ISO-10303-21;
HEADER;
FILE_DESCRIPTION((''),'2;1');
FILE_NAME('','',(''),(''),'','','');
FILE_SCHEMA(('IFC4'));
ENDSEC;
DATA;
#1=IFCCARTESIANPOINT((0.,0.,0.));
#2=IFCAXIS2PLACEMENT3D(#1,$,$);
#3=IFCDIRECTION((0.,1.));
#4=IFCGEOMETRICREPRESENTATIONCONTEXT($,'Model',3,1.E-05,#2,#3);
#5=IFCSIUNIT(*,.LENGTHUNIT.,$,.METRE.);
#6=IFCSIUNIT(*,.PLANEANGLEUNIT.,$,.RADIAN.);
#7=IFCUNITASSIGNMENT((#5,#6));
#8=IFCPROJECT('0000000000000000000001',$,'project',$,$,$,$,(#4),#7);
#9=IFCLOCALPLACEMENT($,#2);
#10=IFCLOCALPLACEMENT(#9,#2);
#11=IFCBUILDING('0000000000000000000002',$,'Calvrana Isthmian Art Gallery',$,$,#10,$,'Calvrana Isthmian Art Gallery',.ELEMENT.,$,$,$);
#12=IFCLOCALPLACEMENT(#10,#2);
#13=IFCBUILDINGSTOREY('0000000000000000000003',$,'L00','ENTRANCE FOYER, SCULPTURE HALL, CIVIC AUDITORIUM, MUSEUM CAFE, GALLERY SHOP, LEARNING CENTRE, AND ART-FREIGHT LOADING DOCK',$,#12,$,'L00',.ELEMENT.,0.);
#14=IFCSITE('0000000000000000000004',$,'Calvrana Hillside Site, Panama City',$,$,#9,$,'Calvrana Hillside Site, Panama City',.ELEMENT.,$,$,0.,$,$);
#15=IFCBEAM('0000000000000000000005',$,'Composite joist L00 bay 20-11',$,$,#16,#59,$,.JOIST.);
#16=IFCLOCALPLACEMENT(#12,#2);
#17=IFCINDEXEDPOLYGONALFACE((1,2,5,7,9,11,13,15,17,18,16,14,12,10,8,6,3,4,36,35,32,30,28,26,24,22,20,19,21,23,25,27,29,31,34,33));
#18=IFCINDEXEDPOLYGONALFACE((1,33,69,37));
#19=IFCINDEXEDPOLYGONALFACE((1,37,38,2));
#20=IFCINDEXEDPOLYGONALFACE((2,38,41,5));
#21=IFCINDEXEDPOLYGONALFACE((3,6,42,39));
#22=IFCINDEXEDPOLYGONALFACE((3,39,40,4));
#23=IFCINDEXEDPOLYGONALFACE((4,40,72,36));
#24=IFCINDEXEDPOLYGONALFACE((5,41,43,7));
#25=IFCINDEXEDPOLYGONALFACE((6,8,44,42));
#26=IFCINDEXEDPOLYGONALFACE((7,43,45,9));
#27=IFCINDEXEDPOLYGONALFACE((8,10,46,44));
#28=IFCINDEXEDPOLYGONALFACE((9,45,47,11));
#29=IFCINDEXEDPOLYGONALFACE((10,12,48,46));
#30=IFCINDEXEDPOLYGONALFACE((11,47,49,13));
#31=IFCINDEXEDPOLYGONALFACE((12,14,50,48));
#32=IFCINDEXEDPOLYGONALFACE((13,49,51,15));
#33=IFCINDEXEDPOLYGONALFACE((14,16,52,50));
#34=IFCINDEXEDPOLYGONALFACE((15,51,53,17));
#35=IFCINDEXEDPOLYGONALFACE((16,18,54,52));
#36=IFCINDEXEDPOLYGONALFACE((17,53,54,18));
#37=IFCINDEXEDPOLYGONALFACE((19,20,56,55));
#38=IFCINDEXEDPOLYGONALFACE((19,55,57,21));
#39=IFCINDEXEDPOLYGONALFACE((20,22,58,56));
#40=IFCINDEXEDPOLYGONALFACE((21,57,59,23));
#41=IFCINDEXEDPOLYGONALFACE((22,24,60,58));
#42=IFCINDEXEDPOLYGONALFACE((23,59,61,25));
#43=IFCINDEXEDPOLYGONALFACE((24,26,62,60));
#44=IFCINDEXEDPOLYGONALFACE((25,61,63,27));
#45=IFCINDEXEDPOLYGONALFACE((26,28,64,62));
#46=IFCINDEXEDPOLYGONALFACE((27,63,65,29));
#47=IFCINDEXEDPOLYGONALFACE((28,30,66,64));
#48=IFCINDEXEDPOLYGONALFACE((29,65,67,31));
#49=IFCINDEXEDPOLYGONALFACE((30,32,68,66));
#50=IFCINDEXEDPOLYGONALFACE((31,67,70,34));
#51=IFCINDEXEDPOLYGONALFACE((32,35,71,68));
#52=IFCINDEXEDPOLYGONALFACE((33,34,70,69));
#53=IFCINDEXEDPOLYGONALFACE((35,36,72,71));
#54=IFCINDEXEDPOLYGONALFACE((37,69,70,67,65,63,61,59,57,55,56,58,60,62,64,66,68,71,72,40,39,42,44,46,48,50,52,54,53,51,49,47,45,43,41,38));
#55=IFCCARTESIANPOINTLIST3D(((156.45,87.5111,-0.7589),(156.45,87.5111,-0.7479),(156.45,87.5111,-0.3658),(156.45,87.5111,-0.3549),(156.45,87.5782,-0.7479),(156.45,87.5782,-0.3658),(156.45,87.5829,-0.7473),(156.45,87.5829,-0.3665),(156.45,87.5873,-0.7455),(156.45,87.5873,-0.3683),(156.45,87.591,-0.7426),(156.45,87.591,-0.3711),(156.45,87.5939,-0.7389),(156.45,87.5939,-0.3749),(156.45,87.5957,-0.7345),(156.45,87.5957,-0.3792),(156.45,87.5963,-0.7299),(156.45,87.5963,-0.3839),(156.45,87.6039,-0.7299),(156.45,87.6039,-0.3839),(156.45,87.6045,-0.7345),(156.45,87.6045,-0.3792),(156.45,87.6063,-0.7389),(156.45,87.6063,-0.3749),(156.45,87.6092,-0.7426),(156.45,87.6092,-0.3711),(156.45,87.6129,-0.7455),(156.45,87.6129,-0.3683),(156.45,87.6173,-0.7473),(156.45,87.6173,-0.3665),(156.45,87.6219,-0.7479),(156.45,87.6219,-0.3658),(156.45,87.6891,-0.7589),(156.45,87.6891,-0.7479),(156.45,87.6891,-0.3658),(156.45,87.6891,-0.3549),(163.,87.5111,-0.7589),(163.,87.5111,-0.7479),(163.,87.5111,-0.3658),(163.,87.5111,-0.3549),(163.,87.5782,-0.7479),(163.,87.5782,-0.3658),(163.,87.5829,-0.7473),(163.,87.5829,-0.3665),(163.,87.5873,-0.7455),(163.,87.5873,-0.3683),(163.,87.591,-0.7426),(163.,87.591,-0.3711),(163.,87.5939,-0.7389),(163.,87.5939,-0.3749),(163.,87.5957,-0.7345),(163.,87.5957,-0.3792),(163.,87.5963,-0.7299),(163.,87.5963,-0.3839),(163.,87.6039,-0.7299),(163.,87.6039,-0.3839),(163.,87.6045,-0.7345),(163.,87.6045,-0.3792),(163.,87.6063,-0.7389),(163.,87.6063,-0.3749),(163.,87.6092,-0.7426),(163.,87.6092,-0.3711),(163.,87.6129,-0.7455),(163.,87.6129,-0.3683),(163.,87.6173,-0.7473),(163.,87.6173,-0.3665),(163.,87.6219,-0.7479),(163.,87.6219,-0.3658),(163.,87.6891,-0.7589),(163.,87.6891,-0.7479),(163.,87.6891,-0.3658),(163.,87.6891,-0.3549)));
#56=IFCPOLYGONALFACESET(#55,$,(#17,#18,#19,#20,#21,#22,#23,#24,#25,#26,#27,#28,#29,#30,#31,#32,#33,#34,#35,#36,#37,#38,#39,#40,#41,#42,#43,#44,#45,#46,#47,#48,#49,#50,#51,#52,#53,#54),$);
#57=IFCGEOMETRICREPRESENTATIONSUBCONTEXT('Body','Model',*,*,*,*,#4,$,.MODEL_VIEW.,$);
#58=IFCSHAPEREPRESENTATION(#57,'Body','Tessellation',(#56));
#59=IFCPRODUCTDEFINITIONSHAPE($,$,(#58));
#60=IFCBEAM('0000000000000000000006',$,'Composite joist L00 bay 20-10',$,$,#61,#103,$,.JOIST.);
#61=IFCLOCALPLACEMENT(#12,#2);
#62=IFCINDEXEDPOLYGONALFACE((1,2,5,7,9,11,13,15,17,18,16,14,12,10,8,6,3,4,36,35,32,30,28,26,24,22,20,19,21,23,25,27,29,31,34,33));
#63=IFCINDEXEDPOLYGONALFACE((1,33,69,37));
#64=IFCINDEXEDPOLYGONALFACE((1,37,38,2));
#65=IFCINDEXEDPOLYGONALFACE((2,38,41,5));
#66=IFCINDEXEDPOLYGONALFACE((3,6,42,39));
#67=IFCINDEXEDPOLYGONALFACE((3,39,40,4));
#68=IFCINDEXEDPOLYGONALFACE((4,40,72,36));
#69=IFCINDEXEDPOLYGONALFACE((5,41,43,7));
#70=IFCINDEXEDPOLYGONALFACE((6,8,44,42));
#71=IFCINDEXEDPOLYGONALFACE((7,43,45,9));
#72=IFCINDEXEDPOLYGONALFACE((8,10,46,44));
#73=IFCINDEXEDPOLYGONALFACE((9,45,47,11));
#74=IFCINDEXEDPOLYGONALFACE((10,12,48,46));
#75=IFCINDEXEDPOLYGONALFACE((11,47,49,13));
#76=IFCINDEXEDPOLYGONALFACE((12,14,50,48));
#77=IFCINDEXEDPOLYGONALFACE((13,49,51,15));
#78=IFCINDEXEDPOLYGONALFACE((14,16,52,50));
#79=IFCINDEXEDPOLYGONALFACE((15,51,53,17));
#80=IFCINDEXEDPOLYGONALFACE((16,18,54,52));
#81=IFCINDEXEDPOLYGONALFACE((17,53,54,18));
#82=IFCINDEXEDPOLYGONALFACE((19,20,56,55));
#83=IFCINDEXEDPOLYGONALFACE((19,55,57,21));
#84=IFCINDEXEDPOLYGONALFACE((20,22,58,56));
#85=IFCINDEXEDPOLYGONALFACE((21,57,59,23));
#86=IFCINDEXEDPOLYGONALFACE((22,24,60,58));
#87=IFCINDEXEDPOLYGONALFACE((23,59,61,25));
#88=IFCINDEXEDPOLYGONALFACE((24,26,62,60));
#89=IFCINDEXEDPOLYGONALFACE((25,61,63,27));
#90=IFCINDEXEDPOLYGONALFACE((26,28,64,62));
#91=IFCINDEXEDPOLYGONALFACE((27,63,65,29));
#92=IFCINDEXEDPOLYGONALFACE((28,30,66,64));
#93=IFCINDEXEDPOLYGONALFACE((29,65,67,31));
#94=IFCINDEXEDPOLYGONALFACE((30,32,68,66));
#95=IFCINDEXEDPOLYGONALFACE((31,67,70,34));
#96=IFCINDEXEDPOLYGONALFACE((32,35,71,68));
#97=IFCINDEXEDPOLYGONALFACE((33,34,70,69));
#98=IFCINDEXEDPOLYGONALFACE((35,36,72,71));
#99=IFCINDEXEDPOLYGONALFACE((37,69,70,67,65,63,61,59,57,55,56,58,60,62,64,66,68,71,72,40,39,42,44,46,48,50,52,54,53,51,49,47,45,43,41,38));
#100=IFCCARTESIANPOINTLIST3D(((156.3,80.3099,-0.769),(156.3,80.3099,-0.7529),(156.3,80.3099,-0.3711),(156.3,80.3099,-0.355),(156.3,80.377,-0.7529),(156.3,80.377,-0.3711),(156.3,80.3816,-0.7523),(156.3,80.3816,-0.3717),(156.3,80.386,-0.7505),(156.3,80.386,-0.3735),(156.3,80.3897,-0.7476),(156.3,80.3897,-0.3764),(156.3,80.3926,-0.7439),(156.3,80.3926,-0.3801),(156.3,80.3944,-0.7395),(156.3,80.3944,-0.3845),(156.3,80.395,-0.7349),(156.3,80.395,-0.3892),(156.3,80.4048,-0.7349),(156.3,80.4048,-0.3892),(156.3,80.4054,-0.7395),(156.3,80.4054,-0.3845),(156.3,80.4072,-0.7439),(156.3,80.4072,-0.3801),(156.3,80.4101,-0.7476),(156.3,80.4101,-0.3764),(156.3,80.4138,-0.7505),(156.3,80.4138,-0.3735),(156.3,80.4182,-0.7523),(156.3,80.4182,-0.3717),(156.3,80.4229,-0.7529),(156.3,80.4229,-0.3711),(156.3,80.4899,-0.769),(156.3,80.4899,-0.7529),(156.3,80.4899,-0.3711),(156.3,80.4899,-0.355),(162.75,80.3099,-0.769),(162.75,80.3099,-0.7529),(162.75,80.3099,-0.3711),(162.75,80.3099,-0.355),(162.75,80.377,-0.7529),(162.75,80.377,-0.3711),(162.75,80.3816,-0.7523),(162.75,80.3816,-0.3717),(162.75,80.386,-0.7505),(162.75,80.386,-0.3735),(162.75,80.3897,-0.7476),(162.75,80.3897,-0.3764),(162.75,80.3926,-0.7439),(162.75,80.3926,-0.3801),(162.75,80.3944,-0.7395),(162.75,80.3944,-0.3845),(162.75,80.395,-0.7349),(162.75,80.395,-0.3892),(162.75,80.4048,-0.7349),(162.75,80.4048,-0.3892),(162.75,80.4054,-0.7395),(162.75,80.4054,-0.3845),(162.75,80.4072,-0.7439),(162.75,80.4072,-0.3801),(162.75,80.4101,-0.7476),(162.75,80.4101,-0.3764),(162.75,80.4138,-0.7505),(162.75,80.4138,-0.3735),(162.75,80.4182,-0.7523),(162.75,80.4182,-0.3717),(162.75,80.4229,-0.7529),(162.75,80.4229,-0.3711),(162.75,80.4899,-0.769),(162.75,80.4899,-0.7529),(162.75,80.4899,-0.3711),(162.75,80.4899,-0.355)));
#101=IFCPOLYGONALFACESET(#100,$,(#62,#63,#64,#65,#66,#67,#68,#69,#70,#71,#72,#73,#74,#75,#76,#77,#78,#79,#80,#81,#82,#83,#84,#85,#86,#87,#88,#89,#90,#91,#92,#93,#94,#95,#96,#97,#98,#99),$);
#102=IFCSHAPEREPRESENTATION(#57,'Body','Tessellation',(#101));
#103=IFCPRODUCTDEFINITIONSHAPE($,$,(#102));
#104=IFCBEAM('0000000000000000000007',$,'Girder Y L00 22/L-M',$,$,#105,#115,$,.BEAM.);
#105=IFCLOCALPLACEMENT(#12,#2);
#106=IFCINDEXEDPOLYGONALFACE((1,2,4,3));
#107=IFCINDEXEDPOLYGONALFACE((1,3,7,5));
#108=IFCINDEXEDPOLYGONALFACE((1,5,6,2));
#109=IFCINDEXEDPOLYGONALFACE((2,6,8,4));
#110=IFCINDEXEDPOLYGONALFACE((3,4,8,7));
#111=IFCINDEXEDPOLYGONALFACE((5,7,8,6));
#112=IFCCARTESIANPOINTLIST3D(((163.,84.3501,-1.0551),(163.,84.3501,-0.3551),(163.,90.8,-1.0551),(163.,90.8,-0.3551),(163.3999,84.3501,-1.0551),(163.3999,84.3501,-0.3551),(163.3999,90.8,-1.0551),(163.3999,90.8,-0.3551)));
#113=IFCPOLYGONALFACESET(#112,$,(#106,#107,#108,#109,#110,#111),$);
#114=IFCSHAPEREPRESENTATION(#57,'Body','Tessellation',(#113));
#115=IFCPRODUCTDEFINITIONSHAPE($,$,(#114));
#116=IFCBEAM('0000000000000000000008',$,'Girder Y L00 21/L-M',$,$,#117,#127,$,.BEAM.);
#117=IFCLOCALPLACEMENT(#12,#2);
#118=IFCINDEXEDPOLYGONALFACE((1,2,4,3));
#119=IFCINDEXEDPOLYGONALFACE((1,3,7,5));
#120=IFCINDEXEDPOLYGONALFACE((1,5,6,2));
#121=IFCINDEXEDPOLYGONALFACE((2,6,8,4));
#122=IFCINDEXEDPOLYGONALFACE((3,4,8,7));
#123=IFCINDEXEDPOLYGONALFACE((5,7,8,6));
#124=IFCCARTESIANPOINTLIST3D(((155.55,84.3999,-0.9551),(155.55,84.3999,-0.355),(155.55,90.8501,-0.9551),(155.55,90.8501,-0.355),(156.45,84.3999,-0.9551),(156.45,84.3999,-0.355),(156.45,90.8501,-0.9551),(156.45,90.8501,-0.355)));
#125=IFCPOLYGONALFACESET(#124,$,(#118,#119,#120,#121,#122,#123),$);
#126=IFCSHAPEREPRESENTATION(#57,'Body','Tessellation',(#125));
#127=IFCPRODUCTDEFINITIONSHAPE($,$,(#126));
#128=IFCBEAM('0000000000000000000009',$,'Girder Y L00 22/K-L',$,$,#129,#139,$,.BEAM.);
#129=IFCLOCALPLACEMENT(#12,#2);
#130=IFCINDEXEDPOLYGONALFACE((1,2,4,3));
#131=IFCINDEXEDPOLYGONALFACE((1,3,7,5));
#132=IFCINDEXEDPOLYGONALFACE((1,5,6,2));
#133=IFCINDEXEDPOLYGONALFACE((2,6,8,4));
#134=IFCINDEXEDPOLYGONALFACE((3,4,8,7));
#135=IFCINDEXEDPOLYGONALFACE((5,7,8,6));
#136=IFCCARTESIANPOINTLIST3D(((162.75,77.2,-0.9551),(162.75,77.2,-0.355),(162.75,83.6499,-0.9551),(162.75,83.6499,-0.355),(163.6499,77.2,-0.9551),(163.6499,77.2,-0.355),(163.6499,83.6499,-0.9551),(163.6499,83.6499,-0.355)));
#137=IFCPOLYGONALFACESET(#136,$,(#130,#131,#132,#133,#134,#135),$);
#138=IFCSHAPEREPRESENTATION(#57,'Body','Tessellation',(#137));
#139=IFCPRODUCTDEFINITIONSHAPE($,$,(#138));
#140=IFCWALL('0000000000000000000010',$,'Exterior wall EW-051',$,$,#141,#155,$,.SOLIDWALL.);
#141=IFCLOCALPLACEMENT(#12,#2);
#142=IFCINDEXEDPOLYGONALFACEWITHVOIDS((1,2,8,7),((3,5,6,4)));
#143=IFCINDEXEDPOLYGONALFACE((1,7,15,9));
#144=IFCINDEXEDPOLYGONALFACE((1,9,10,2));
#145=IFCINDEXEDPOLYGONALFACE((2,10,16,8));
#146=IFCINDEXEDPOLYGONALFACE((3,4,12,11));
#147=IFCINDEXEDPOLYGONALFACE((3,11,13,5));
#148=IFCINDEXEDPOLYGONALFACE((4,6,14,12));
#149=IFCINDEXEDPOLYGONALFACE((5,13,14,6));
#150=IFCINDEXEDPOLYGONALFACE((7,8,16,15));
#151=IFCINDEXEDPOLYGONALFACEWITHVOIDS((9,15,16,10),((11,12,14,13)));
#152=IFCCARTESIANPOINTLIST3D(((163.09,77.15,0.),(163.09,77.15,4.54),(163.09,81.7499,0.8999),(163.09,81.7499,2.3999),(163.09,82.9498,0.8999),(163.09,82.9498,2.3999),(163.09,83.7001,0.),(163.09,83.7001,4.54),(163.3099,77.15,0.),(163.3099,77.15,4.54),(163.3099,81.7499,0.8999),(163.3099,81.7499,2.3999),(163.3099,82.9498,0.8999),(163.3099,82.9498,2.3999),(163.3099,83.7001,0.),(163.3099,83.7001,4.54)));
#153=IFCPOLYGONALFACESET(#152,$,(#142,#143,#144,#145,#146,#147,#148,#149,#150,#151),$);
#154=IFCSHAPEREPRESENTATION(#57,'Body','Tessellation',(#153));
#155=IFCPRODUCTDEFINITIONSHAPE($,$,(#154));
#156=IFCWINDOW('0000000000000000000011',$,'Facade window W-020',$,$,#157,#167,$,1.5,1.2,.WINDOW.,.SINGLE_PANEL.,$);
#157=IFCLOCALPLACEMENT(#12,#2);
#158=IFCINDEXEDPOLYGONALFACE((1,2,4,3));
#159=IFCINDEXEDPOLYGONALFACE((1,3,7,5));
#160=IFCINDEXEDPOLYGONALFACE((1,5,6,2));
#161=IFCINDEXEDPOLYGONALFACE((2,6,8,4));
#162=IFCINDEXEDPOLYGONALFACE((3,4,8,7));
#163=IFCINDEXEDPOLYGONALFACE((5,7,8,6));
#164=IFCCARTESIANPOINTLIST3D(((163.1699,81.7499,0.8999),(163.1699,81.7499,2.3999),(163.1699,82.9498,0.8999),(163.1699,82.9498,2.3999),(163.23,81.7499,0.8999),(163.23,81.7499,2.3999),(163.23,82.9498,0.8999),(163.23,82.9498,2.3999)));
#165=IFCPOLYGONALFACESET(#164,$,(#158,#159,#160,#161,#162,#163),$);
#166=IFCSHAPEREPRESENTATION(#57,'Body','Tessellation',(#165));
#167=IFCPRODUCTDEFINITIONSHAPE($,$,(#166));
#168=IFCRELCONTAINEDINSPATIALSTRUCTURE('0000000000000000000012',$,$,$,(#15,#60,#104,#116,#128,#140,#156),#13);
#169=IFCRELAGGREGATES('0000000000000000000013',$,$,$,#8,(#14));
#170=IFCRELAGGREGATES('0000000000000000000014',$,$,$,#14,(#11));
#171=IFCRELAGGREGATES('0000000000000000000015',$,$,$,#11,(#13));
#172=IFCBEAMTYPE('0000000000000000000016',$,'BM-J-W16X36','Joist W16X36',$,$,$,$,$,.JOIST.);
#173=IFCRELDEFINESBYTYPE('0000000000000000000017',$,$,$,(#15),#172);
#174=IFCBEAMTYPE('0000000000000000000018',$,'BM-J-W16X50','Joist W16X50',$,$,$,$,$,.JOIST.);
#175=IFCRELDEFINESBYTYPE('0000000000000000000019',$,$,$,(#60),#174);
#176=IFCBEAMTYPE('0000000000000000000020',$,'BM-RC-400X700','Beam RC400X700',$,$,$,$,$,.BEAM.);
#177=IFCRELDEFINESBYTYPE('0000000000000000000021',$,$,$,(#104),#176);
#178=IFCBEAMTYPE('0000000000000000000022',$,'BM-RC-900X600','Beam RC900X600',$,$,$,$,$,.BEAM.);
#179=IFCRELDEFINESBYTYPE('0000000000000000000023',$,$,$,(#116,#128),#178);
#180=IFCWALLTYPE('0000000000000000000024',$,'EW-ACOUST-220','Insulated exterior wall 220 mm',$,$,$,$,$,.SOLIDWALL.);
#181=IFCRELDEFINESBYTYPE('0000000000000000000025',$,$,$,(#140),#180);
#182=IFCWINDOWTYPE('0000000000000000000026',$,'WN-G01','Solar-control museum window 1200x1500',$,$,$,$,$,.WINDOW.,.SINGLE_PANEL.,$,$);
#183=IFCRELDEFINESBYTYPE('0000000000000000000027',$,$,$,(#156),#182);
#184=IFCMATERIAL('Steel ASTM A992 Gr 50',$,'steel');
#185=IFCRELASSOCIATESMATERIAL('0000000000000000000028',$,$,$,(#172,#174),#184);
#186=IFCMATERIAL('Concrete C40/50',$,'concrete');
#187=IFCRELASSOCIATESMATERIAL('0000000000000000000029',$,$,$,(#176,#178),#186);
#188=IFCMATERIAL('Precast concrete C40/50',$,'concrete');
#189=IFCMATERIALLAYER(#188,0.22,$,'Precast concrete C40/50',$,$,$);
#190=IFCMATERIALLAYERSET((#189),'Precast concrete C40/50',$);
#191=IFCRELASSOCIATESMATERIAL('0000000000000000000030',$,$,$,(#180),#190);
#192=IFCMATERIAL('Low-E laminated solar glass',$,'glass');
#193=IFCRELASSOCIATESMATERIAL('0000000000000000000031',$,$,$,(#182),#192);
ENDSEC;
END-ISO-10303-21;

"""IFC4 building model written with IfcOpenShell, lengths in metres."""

from ifc_helpers import new_model, si_unit, direction, frame, frame_2d, origin, origin_2d, place, context, subcontext, project, spatial, rectangle, i_section, extrude, material, layer, layer_set, material_profile, profile_set, type_object, element, fill, save


model = new_model("IFC4")

# Units and contexts
model_context = context("Model", 3, precision=1e-05, world=origin(), true_north=direction((0.0, 1.0)))
body_context = subcontext(model_context, "Body", "Model", "MODEL_VIEW")
ifc_project = project(units=[si_unit("LENGTHUNIT", "METRE"), si_unit("PLANEANGLEUNIT", "RADIAN")], contexts=[model_context])

# Site, building, storey
site_placement = place(None, origin())
site = spatial("IfcSite", under=ifc_project, at=site_placement, Name="Calvrana Hillside Site, Panama City", LongName="Calvrana Hillside Site, Panama City", CompositionType="ELEMENT", RefElevation=0.0)
building_placement = place(site_placement, origin())
building = spatial("IfcBuilding", under=site, at=building_placement, Name="Calvrana Isthmian Art Gallery", LongName="Calvrana Isthmian Art Gallery", CompositionType="ELEMENT")
storey_placement = place(building_placement, origin())
storey = spatial("IfcBuildingStorey", under=building, at=storey_placement, Name="L00", Description="ENTRANCE FOYER, SCULPTURE HALL, CIVIC AUDITORIUM, MUSEUM CAFE, GALLERY SHOP, LEARNING CENTRE, AND ART-FREIGHT LOADING DOCK", LongName="L00", CompositionType="ELEMENT", Elevation=0.0)

# Shared definitions
ifc_material_1 = material(Name="Concrete C40/50", Category="concrete")

# Beams
ifc_material_2 = material(Name="Steel ASTM A992 Gr 50", Category="steel")
ifc_material_profile_1 = material_profile(ifc_material_2, i_section(OverallWidth=0.178, OverallDepth=0.4041, WebThickness=0.0076, FlangeThickness=0.011, FilletRadius=0.0181, at=origin_2d()), Name="W16X36")
ifc_profile_set_1 = profile_set([ifc_material_profile_1], Name="Steel ASTM A992 Gr 50")
beam_type_1 = type_object("IfcBeamType", Name="BM-J-W16X36", Description="Joist W16X36", PredefinedType="JOIST", material=ifc_profile_set_1)
beam_1_placement = place(storey_placement, frame((156.45, 87.6001, -0.5569), z_axis=(1.0, 0.0, 0.0), x_axis=(0.0, 1.0, 0.0)))
element("IfcBeam", 1, at=beam_1_placement, inside=storey, type_object=beam_type_1, Name="Composite joist L00 bay 20-11", PredefinedType="JOIST", context=body_context, shape_type="SweptSolid", body=[
    extrude(i_section(OverallWidth=0.178, OverallDepth=0.4041, WebThickness=0.0076, FlangeThickness=0.011, FilletRadius=0.0181, at=origin_2d()), origin(), (0.0, 0.0, 1.0), 6.55),
])
ifc_material_profile_2 = material_profile(ifc_material_2, i_section(OverallWidth=0.1799, OverallDepth=0.4141, WebThickness=0.0098, FlangeThickness=0.0161, FilletRadius=0.0181, at=origin_2d()), Name="W16X50")
ifc_profile_set_2 = profile_set([ifc_material_profile_2], Name="Steel ASTM A992 Gr 50")
beam_type_2 = type_object("IfcBeamType", Name="BM-J-W16X50", Description="Joist W16X50", PredefinedType="JOIST", material=ifc_profile_set_2)
beam_2_placement = place(storey_placement, frame((156.3, 80.3999, -0.562), z_axis=(1.0, 0.0, 0.0), x_axis=(0.0, 1.0, 0.0)))
element("IfcBeam", 2, at=beam_2_placement, inside=storey, type_object=beam_type_2, Name="Composite joist L00 bay 20-10", PredefinedType="JOIST", context=body_context, shape_type="SweptSolid", body=[
    extrude(i_section(OverallWidth=0.1799, OverallDepth=0.4141, WebThickness=0.0098, FlangeThickness=0.0161, FilletRadius=0.0181, at=origin_2d()), origin(), (0.0, 0.0, 1.0), 6.45),
])
ifc_material_profile_3 = material_profile(ifc_material_1, rectangle(XDim=0.3999, YDim=0.7, at=origin_2d()), Name="RC400X700")
ifc_profile_set_3 = profile_set([ifc_material_profile_3], Name="Concrete C40/50")
beam_type_3 = type_object("IfcBeamType", Name="BM-RC-400X700", Description="Beam RC400X700", PredefinedType="BEAM", material=ifc_profile_set_3)
beam_3_placement = place(storey_placement, frame((163.2, 84.3501, -0.7051), z_axis=(0.0, 1.0, 0.0), x_axis=(-1.0, 0.0, 0.0)))
element("IfcBeam", 3, at=beam_3_placement, inside=storey, type_object=beam_type_3, Name="Girder Y L00 22/L-M", PredefinedType="BEAM", context=body_context, shape_type="SweptSolid", body=[
    extrude(rectangle(XDim=0.3999, YDim=0.7, at=origin_2d()), origin(), (0.0, 0.0, 1.0), 6.45),
])
ifc_material_profile_4 = material_profile(ifc_material_1, rectangle(XDim=0.8999, YDim=0.6001, at=origin_2d()), Name="RC900X600")
ifc_profile_set_4 = profile_set([ifc_material_profile_4], Name="Concrete C40/50")
beam_type_4 = type_object("IfcBeamType", Name="BM-RC-900X600", Description="Beam RC900X600", PredefinedType="BEAM", material=ifc_profile_set_4)
beam_4_placement = place(storey_placement, frame((156.0, 84.3999, -0.655), z_axis=(0.0, 1.0, 0.0), x_axis=(-1.0, 0.0, 0.0)))
element("IfcBeam", 4, at=beam_4_placement, inside=storey, type_object=beam_type_4, Name="Girder Y L00 21/L-M", PredefinedType="BEAM", context=body_context, shape_type="SweptSolid", body=[
    extrude(rectangle(XDim=0.8999, YDim=0.6001, at=origin_2d()), origin(), (0.0, 0.0, 1.0), 6.4502),
])
beam_5_placement = place(storey_placement, frame((163.2, 77.2, -0.655), z_axis=(0.0, 1.0, 0.0), x_axis=(-1.0, 0.0, 0.0)))
element("IfcBeam", 5, at=beam_5_placement, inside=storey, type_object=beam_type_4, Name="Girder Y L00 22/K-L", PredefinedType="BEAM", context=body_context, shape_type="SweptSolid", body=[
    extrude(rectangle(XDim=0.8999, YDim=0.6001, at=origin_2d()), origin(), (0.0, 0.0, 1.0), 6.45),
])

# Wall, opening, window
ifc_material_3 = material(Name="Precast concrete C40/50", Category="concrete")
ifc_layer_1 = layer(ifc_material_3, 0.22, Name="Precast concrete C40/50")
ifc_layer_set_1 = layer_set([ifc_layer_1], Name="Precast concrete C40/50")
wall_type_1 = type_object("IfcWallType", Name="EW-ACOUST-220", Description="Insulated exterior wall 220 mm", PredefinedType="SOLIDWALL", material=ifc_layer_set_1)
wall_1_placement = place(storey_placement, frame((163.2, 83.7, 0.0), z_axis=(0.0, 0.0, 1.0), x_axis=(0.0, -1.0, 0.0)))
wall_1 = element("IfcWall", 6, at=wall_1_placement, inside=storey, type_object=wall_type_1, Name="Exterior wall EW-051", PredefinedType="SOLIDWALL", context=body_context, shape_type="SweptSolid", body=[
    extrude(rectangle(XDim=6.55, YDim=0.22, at=frame_2d((3.2749, 0.0))), origin(), (0.0, 0.0, 1.0), 4.54),
])
opening_1_placement = place(wall_1_placement, frame((0.75, 0.0, 0.8999)))
opening_1 = element("IfcOpeningElement", 7, at=opening_1_placement, cuts=wall_1, PredefinedType="OPENING", context=body_context, shape_type="SweptSolid", body=[
    extrude(rectangle(XDim=1.2, YDim=1.5, at=frame_2d((0.6001, 0.75))), frame((0.0, 0.1201, 0.0), z_axis=(0.0, -1.0, 0.0), x_axis=(1.0, 0.0, 0.0)), (0.0, 0.0, 1.0), 0.2405),
])
ifc_material_4 = material(Name="Low-E laminated solar glass", Category="glass")
window_type = type_object("IfcWindowType", Name="WN-G01", Description="Solar-control museum window 1200x1500", PartitioningType="SINGLE_PANEL", PredefinedType="WINDOW", material=ifc_material_4)
window_placement = place(opening_1_placement, origin())
window = element("IfcWindow", 8, at=window_placement, inside=storey, type_object=window_type, Name="Facade window W-020", OverallHeight=1.5, OverallWidth=1.2, PartitioningType="SINGLE_PANEL", PredefinedType="WINDOW", context=body_context, shape_type="SweptSolid", body=[
    extrude(rectangle(XDim=1.2, YDim=1.5, at=frame_2d((0.6001, 0.75))), frame((0.0, 0.03, 0.0), z_axis=(0.0, -1.0, 0.0), x_axis=(1.0, 0.0, 0.0)), (0.0, 0.0, 1.0), 0.0601),
])
fill(opening_1, window)

save(model, "model.ifc")
